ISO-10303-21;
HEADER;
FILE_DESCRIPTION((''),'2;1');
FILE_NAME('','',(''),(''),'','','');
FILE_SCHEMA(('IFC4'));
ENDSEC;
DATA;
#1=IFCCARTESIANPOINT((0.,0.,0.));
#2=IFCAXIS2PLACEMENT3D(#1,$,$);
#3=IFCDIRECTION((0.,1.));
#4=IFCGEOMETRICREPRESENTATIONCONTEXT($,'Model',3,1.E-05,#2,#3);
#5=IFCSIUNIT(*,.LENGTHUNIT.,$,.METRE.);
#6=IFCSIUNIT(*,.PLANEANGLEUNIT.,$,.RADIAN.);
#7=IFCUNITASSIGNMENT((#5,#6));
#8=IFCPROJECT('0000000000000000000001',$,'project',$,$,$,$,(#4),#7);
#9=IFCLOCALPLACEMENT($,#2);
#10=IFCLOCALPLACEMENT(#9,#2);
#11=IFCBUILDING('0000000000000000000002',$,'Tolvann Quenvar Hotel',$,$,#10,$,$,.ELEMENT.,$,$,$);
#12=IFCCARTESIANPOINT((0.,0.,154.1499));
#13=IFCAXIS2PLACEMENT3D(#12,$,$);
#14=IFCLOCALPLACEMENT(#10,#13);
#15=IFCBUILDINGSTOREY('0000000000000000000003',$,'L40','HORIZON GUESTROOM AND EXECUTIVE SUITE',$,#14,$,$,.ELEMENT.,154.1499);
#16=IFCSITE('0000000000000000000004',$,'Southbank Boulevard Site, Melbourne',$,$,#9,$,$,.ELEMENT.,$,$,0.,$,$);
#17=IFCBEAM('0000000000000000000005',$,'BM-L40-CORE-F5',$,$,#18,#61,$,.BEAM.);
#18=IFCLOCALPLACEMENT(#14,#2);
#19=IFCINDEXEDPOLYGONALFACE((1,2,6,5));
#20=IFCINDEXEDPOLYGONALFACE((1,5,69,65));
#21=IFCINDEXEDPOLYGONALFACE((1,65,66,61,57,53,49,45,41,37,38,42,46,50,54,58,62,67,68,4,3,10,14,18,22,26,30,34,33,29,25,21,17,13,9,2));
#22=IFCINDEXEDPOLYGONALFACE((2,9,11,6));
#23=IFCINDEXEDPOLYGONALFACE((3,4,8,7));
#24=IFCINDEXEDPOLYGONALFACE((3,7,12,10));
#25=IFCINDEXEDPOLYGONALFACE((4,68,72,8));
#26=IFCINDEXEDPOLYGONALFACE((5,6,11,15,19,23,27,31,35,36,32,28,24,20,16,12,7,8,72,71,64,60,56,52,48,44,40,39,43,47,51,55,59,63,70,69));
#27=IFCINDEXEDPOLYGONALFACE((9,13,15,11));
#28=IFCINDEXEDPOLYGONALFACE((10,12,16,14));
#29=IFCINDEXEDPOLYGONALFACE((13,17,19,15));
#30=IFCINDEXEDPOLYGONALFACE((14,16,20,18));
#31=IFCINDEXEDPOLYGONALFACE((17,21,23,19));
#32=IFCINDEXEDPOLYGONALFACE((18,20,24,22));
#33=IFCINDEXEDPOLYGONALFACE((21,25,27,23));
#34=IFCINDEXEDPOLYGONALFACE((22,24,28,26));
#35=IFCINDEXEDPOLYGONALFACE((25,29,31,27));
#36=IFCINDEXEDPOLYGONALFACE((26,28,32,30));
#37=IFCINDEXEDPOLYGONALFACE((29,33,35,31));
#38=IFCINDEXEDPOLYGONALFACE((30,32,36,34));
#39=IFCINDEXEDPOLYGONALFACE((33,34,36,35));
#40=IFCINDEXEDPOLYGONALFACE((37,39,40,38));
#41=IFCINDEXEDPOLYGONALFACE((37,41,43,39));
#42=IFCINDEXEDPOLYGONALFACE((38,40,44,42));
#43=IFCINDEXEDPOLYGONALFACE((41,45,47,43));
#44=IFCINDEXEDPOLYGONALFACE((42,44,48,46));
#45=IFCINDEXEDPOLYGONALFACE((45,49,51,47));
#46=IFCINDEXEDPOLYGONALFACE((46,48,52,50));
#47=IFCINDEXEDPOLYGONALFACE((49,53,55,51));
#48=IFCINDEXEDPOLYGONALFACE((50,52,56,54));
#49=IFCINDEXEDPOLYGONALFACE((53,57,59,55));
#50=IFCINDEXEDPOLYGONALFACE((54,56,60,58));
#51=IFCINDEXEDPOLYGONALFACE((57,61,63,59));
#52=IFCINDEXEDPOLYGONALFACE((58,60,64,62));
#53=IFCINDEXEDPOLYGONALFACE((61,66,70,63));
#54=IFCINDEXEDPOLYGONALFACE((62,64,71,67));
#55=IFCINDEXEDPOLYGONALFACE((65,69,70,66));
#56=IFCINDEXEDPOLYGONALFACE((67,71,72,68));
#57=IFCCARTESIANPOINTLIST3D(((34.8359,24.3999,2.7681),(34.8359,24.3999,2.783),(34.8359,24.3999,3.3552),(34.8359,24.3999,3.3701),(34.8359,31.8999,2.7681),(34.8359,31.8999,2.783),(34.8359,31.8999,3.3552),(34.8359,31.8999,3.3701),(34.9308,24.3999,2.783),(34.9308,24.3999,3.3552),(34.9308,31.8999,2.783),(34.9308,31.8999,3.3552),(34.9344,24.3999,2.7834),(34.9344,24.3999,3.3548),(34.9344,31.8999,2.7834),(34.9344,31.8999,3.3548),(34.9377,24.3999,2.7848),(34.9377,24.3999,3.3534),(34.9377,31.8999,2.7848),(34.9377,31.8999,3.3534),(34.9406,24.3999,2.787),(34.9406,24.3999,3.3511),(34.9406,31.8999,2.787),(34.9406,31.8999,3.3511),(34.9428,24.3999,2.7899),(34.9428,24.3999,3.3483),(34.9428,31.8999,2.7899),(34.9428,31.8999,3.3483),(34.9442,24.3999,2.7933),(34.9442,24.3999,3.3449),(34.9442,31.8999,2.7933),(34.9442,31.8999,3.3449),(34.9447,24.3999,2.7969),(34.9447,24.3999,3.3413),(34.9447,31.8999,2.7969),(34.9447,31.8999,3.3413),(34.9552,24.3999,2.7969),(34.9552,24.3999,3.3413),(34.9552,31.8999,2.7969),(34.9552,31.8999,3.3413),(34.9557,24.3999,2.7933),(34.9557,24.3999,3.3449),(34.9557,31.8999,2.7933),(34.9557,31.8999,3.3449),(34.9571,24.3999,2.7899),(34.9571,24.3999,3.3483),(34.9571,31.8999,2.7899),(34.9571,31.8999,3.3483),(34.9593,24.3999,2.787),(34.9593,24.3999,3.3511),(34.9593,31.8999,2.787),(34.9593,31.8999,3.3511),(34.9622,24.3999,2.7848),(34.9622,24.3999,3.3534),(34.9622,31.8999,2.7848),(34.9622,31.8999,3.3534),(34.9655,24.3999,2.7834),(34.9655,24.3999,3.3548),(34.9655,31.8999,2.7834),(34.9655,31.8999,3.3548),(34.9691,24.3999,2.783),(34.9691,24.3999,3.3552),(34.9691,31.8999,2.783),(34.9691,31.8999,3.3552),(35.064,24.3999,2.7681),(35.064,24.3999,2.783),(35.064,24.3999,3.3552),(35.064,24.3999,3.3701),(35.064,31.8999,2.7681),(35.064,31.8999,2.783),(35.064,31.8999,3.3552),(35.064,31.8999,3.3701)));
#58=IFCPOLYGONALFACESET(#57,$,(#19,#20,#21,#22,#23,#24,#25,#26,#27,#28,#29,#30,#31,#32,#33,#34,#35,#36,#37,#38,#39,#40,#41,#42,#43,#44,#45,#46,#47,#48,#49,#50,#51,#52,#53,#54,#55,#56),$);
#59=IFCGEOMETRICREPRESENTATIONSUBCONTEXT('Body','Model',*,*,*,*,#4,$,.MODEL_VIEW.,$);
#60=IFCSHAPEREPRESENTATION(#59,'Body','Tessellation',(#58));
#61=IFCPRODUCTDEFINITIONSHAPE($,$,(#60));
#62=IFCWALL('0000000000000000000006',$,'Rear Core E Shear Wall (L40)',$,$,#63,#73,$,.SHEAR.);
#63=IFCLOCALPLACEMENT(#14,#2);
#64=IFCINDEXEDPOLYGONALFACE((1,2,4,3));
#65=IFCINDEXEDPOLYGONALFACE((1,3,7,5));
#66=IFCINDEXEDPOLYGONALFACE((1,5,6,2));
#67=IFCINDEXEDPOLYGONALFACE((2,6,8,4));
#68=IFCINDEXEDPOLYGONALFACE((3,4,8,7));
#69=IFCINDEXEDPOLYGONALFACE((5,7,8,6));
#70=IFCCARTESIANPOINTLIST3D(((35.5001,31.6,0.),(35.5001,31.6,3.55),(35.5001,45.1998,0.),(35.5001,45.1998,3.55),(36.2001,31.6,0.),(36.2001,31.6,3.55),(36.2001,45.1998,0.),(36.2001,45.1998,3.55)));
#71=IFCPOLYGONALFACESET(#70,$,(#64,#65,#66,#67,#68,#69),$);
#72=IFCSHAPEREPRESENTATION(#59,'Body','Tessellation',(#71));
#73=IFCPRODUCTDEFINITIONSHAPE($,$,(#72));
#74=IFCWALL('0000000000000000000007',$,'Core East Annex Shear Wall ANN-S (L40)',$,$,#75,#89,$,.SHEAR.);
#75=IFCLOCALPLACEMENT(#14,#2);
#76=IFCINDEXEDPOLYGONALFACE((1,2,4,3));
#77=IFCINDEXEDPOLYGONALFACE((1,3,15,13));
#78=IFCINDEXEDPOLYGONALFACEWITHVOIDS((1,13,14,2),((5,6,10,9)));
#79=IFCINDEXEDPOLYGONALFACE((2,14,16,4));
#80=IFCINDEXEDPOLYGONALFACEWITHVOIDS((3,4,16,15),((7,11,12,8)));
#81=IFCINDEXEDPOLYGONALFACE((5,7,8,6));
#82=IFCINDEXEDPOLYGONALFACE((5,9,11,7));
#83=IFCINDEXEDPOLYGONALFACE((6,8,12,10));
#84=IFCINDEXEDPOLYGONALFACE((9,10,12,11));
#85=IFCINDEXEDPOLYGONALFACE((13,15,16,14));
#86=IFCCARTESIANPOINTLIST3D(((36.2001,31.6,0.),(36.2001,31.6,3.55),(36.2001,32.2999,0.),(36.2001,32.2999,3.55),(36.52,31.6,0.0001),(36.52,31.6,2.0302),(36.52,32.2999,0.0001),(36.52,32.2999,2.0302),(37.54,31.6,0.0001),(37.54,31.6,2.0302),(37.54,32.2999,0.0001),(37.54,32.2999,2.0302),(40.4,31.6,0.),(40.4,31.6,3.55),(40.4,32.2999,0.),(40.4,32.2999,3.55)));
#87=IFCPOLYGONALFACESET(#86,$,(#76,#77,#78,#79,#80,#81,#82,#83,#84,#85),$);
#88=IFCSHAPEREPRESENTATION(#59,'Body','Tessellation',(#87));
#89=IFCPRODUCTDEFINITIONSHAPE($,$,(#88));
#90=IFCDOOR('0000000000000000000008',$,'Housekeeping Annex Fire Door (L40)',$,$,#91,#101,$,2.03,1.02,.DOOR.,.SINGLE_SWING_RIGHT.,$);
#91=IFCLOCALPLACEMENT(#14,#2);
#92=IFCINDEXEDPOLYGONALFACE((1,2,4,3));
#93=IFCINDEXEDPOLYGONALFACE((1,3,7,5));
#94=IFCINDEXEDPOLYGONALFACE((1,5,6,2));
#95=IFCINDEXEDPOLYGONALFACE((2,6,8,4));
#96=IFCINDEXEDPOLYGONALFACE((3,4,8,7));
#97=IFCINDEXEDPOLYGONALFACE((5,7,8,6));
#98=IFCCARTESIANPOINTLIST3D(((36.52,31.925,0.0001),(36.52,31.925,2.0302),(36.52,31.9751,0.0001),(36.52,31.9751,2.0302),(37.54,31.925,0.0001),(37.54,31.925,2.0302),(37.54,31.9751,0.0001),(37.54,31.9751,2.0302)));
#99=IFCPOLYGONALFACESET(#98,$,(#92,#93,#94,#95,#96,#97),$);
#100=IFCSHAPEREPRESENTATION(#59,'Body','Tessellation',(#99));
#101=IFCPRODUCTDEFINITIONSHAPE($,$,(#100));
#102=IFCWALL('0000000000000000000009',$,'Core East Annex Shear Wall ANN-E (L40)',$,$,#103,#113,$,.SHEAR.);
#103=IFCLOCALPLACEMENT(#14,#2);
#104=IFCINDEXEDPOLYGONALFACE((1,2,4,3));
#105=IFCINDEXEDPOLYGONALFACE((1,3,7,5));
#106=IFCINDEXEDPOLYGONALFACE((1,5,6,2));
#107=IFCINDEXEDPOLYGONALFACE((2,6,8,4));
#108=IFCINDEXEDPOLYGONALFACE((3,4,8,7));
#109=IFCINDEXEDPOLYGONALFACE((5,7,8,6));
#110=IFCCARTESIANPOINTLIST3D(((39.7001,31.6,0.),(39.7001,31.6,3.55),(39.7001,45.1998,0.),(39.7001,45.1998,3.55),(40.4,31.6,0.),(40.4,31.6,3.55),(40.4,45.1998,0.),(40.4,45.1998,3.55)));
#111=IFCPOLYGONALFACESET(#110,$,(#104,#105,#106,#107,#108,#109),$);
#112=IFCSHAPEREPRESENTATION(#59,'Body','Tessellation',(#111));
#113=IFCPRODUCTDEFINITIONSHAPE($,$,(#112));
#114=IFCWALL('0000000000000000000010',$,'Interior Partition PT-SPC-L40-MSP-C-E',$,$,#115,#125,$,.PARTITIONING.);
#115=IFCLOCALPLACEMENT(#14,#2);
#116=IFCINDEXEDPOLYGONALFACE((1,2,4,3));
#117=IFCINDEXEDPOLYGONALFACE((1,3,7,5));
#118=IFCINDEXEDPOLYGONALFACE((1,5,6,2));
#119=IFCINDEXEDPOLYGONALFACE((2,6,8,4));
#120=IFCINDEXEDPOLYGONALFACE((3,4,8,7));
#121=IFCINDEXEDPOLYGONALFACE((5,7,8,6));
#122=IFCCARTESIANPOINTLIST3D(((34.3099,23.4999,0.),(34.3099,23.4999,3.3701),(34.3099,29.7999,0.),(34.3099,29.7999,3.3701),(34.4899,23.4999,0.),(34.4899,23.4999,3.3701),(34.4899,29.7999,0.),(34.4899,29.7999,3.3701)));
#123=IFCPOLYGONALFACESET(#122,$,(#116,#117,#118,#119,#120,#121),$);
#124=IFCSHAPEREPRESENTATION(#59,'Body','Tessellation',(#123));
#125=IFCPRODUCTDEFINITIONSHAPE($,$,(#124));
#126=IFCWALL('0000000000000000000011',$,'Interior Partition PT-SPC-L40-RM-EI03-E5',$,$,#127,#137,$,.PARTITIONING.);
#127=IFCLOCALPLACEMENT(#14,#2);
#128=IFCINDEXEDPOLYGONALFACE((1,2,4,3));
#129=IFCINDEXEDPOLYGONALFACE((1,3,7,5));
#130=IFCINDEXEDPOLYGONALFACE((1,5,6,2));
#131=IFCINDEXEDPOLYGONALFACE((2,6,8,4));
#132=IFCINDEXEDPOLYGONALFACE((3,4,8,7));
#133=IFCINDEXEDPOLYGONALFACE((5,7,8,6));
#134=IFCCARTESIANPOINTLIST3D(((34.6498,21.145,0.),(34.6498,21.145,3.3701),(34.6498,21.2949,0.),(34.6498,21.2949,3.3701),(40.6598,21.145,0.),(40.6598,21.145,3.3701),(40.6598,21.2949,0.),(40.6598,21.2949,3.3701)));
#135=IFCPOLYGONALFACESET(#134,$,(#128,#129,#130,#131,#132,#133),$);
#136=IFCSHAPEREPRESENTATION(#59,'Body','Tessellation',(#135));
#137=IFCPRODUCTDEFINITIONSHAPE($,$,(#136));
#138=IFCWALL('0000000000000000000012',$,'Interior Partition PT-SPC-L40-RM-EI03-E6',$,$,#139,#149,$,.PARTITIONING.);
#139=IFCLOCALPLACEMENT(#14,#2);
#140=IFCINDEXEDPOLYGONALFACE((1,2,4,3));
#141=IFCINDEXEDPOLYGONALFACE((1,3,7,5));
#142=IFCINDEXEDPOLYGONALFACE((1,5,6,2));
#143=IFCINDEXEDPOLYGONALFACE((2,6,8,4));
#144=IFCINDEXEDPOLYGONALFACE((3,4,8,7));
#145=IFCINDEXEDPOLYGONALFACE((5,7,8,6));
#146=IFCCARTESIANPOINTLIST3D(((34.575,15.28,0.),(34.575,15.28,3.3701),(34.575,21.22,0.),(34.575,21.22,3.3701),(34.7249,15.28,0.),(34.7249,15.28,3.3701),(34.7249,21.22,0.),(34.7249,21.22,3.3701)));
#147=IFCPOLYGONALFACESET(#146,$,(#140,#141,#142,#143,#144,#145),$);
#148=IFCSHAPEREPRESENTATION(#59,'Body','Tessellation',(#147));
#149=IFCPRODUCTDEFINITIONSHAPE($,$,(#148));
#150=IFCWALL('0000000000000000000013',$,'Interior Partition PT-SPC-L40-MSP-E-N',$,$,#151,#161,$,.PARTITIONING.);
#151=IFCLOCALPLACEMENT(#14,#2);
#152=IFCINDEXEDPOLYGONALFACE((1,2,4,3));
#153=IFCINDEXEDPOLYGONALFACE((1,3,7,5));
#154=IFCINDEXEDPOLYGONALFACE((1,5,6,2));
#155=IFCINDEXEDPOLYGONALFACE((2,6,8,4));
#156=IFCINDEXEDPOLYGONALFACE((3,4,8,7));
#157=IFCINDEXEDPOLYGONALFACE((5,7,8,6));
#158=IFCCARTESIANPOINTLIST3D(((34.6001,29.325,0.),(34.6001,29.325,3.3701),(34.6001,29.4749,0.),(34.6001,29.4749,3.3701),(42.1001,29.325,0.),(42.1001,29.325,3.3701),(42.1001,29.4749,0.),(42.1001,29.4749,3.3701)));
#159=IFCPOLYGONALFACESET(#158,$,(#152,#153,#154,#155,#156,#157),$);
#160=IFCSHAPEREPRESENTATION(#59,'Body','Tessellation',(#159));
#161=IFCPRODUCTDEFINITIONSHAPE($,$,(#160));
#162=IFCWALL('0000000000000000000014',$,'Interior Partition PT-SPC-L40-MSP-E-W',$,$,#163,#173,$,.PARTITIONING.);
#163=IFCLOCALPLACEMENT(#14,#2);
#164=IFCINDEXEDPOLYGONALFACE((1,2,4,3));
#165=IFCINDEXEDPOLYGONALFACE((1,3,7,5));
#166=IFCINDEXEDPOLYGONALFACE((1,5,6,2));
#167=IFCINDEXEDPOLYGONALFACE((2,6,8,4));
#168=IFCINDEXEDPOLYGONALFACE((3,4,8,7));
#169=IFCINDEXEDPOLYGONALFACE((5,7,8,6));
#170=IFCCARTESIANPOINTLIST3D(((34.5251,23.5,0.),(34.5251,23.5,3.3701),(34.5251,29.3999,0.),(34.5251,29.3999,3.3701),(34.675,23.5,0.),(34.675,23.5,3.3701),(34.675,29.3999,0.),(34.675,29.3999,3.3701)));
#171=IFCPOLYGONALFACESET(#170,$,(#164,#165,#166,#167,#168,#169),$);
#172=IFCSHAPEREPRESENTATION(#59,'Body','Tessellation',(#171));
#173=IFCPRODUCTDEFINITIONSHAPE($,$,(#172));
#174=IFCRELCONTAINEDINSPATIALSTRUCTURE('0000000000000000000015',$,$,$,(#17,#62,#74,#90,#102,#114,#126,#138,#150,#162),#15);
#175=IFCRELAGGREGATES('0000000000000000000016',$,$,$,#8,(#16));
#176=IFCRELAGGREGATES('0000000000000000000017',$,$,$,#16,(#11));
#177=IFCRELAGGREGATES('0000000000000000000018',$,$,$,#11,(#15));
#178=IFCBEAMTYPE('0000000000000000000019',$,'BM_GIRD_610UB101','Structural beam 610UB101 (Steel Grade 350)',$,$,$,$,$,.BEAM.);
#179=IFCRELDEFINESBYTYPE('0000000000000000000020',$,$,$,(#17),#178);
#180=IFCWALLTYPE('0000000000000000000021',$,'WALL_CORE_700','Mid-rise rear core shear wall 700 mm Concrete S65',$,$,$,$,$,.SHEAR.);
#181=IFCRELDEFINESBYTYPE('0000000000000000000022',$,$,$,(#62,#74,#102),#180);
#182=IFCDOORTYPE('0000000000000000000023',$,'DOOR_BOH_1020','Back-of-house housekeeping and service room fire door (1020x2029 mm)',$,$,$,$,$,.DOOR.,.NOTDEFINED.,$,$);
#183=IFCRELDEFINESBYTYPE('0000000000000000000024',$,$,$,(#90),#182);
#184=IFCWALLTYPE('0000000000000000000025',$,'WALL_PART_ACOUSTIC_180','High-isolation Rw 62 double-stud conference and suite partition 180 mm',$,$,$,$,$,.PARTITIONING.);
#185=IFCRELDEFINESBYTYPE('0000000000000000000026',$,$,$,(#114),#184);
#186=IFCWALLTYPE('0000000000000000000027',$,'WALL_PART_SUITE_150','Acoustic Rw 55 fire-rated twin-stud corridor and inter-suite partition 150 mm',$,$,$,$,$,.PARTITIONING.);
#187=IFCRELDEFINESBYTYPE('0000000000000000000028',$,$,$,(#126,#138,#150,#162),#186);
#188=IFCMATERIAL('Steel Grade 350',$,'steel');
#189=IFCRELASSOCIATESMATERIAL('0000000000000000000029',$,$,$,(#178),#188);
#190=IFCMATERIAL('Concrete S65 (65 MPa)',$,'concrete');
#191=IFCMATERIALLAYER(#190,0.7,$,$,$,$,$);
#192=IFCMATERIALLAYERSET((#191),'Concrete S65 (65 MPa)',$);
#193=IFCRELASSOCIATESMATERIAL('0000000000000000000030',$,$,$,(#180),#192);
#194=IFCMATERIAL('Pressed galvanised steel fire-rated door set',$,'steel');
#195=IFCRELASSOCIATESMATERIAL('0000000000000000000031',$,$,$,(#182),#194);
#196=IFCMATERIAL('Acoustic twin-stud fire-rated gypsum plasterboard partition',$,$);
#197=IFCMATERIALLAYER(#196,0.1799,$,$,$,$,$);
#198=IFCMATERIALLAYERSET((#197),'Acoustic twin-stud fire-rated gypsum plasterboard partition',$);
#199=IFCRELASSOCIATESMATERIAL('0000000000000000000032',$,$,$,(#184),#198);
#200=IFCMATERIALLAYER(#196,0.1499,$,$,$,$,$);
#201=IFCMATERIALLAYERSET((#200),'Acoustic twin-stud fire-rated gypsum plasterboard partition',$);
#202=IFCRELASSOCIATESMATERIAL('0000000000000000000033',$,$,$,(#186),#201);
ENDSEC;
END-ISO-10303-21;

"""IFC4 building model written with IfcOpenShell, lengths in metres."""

from ifc_helpers import new_model, si_unit, direction, frame, frame_2d, origin, origin_2d, place, context, subcontext, project, spatial, rectangle, i_section, extrude, source, transform, mapped, material, layer, layer_set, material_profile, profile_set, type_object, type_shapes, element, fill, save


model = new_model("IFC4")

# Units and contexts
model_context = context("Model", 3, precision=1e-05, world=origin(), true_north=direction((0.0, 1.0)))
body_context = subcontext(model_context, "Body", "Model", "MODEL_VIEW")
ifc_project = project(units=[si_unit("LENGTHUNIT", "METRE"), si_unit("PLANEANGLEUNIT", "RADIAN")], contexts=[model_context])

# Site, building, storey
site_placement = place(None, origin())
site = spatial("IfcSite", under=ifc_project, at=site_placement, Name="Southbank Boulevard Site, Melbourne", CompositionType="ELEMENT", RefElevation=0.0)
building_placement = place(site_placement, origin())
building = spatial("IfcBuilding", under=site, at=building_placement, Name="Tolvann Quenvar Hotel", CompositionType="ELEMENT")
storey_placement = place(building_placement, frame((0.0, 0.0, 154.1499)))
storey = spatial("IfcBuildingStorey", under=building, at=storey_placement, Name="L40", Description="HORIZON GUESTROOM AND EXECUTIVE SUITE", CompositionType="ELEMENT", Elevation=154.1499)

# Beam
ifc_material_1 = material(Name="Steel Grade 350", Category="steel")
ifc_material_profile_1 = material_profile(ifc_material_1, i_section(OverallWidth=0.228, OverallDepth=0.6021, WebThickness=0.0105, FlangeThickness=0.0149, FilletRadius=0.0139, at=origin_2d()), Name="610UB101")
ifc_profile_set_1 = profile_set([ifc_material_profile_1], Name="Steel Grade 350")
beam_type_1 = type_object("IfcBeamType", Name="BM_GIRD_610UB101", Description="Structural beam 610UB101 (Steel Grade 350)", PredefinedType="BEAM", material=ifc_profile_set_1)
shared_shape_1 = source(origin(), body_context, "Body", "SweptSolid", [
    extrude(i_section(OverallWidth=0.228, OverallDepth=0.6021, WebThickness=0.0105, FlangeThickness=0.0149, FilletRadius=0.0139, at=origin_2d()), origin(), (0.0, 0.0, 1.0), 7.5),
])
beam_1_placement = place(storey_placement, frame((34.95, 24.3999, 3.0691), z_axis=(0.0, 1.0, 0.0), x_axis=(-1.0, 0.0, 0.0)))
element("IfcBeam", 1, at=beam_1_placement, inside=storey, type_object=beam_type_1, Name="BM-L40-CORE-F5", PredefinedType="BEAM", context=body_context, shape_type="MappedRepresentation", body=[
    mapped(shared_shape_1, transform((0.0, 0.0, 0.0), x_axis=(1.0, 0.0, 0.0), y_axis=(0.0, 1.0, 0.0), z_axis=(0.0, 0.0, 1.0), scale=1.0)),
])

# Wall
ifc_material_2 = material(Name="Concrete S65 (65 MPa)", Category="concrete")
ifc_layer_1 = layer(ifc_material_2, 0.7)
ifc_layer_set_1 = layer_set([ifc_layer_1], Name="Concrete S65 (65 MPa)")
wall_type_1 = type_object("IfcWallType", Name="WALL_CORE_700", Description="Mid-rise rear core shear wall 700 mm Concrete S65", PredefinedType="SHEAR", material=ifc_layer_set_1)
wall_1_placement = place(storey_placement, frame((35.8501, 31.6001, 0.0), z_axis=(0.0, 0.0, 1.0), x_axis=(0.0, 1.0, 0.0)))
element("IfcWall", 2, at=wall_1_placement, inside=storey, type_object=wall_type_1, Name="Rear Core E Shear Wall (L40)", PredefinedType="SHEAR", context=body_context, shape_type="SweptSolid", body=[
    extrude(rectangle(XDim=13.5999, YDim=0.7, at=frame_2d((6.7998, 0.0))), origin(), (0.0, 0.0, 1.0), 3.55),
])

# Wall, opening, door
wall_2_placement = place(storey_placement, frame((36.2, 31.95, 0.0), z_axis=(0.0, 0.0, 1.0), x_axis=(1.0, 0.0, 0.0)))
wall_2 = element("IfcWall", 3, at=wall_2_placement, inside=storey, type_object=wall_type_1, Name="Core East Annex Shear Wall ANN-S (L40)", PredefinedType="SHEAR", context=body_context, shape_type="SweptSolid", body=[
    extrude(rectangle(XDim=4.2, YDim=0.7, at=frame_2d((2.1001, 0.0))), origin(), (0.0, 0.0, 1.0), 3.55),
])
opening_1_placement = place(wall_2_placement, frame((1.3401, 0.0, 0.0), z_axis=(0.0, 0.0, 1.0), x_axis=(-1.0, 0.0, 0.0)))
opening_1 = element("IfcOpeningElement", 4, at=opening_1_placement, cuts=wall_2, PredefinedType="OPENING", context=body_context, shape_type="SweptSolid", body=[
    extrude(rectangle(XDim=1.02, YDim=2.03, at=frame_2d((0.51, 1.0151))), frame((0.0, 0.3599, 0.0), z_axis=(0.0, -1.0, 0.0), x_axis=(1.0, 0.0, 0.0)), (0.0, 0.0, 1.0), 0.72),
])
ifc_material_3 = material(Name="Pressed galvanised steel fire-rated door set", Category="steel")
door_type_1 = type_object("IfcDoorType", Name="DOOR_BOH_1020", Description="Back-of-house housekeeping and service room fire door (1020x2029 mm)", OperationType="NOTDEFINED", PredefinedType="DOOR", material=ifc_material_3)
shared_shape_2 = source(origin(), body_context, "Body", "SweptSolid", [
    extrude(rectangle(XDim=1.02, YDim=2.03, at=frame_2d((0.51, 1.0151))), frame((0.0, 0.0249, 0.0), z_axis=(0.0, -1.0, 0.0), x_axis=(1.0, 0.0, 0.0)), (0.0, 0.0, 1.0), 0.05),
])
type_shapes(door_type_1, [shared_shape_2])
door_1_placement = place(opening_1_placement, origin())
door_1 = element("IfcDoor", 5, at=door_1_placement, inside=storey, type_object=door_type_1, Name="Housekeeping Annex Fire Door (L40)", OperationType="SINGLE_SWING_RIGHT", OverallHeight=2.03, OverallWidth=1.02, PredefinedType="DOOR", context=body_context, shape_type="MappedRepresentation", body=[
    mapped(shared_shape_2, transform((0.0, 0.0, 0.0), x_axis=(1.0, 0.0, 0.0), y_axis=(0.0, 1.0, 0.0), z_axis=(0.0, 0.0, 1.0), scale=1.0)),
])
fill(opening_1, door_1)

# Walls
wall_3_placement = place(storey_placement, frame((40.05, 31.6001, 0.0), z_axis=(0.0, 0.0, 1.0), x_axis=(0.0, 1.0, 0.0)))
element("IfcWall", 6, at=wall_3_placement, inside=storey, type_object=wall_type_1, Name="Core East Annex Shear Wall ANN-E (L40)", PredefinedType="SHEAR", context=body_context, shape_type="SweptSolid", body=[
    extrude(rectangle(XDim=13.5999, YDim=0.7, at=frame_2d((6.7998, 0.0))), origin(), (0.0, 0.0, 1.0), 3.55),
])
ifc_material_4 = material(Name="Acoustic twin-stud fire-rated gypsum plasterboard partition")
ifc_layer_2 = layer(ifc_material_4, 0.1799)
ifc_layer_set_2 = layer_set([ifc_layer_2], Name="Acoustic twin-stud fire-rated gypsum plasterboard partition")
wall_type_2 = type_object("IfcWallType", Name="WALL_PART_ACOUSTIC_180", Description="High-isolation Rw 62 double-stud conference and suite partition 180 mm", PredefinedType="PARTITIONING", material=ifc_layer_set_2)
wall_4_placement = place(storey_placement, frame((34.3999, 23.5, 0.0), z_axis=(0.0, 0.0, 1.0), x_axis=(0.0, 1.0, 0.0)))
element("IfcWall", 7, at=wall_4_placement, inside=storey, type_object=wall_type_2, Name="Interior Partition PT-SPC-L40-MSP-C-E", PredefinedType="PARTITIONING", context=body_context, shape_type="SweptSolid", body=[
    extrude(rectangle(XDim=6.3, YDim=0.1799, at=frame_2d((3.1499, 0.0))), origin(), (0.0, 0.0, 1.0), 3.3701),
])
ifc_layer_3 = layer(ifc_material_4, 0.1499)
ifc_layer_set_3 = layer_set([ifc_layer_3], Name="Acoustic twin-stud fire-rated gypsum plasterboard partition")
wall_type_3 = type_object("IfcWallType", Name="WALL_PART_SUITE_150", Description="Acoustic Rw 55 fire-rated twin-stud corridor and inter-suite partition 150 mm", PredefinedType="PARTITIONING", material=ifc_layer_set_3)
wall_5_placement = place(storey_placement, frame((34.6499, 21.22, 0.0), z_axis=(0.0, 0.0, 1.0), x_axis=(1.0, 0.0, 0.0)))
element("IfcWall", 8, at=wall_5_placement, inside=storey, type_object=wall_type_3, Name="Interior Partition PT-SPC-L40-RM-EI03-E5", PredefinedType="PARTITIONING", context=body_context, shape_type="SweptSolid", body=[
    extrude(rectangle(XDim=6.01, YDim=0.1499, at=frame_2d((3.0049, 0.0))), origin(), (0.0, 0.0, 1.0), 3.3701),
])
wall_6_placement = place(storey_placement, frame((34.6499, 15.28, 0.0), z_axis=(0.0, 0.0, 1.0), x_axis=(0.0, 1.0, 0.0)))
element("IfcWall", 9, at=wall_6_placement, inside=storey, type_object=wall_type_3, Name="Interior Partition PT-SPC-L40-RM-EI03-E6", PredefinedType="PARTITIONING", context=body_context, shape_type="SweptSolid", body=[
    extrude(rectangle(XDim=5.9399, YDim=0.1499, at=frame_2d((2.97, 0.0))), origin(), (0.0, 0.0, 1.0), 3.3701),
])

# Walls
wall_7_placement = place(storey_placement, frame((34.6001, 29.3999, 0.0), z_axis=(0.0, 0.0, 1.0), x_axis=(1.0, 0.0, 0.0)))
element("IfcWall", 10, at=wall_7_placement, inside=storey, type_object=wall_type_3, Name="Interior Partition PT-SPC-L40-MSP-E-N", PredefinedType="PARTITIONING", context=body_context, shape_type="SweptSolid", body=[
    extrude(rectangle(XDim=7.5, YDim=0.1499, at=frame_2d((3.75, 0.0))), origin(), (0.0, 0.0, 1.0), 3.3701),
])
wall_8_placement = place(storey_placement, frame((34.6001, 23.5, 0.0), z_axis=(0.0, 0.0, 1.0), x_axis=(0.0, 1.0, 0.0)))
element("IfcWall", 11, at=wall_8_placement, inside=storey, type_object=wall_type_3, Name="Interior Partition PT-SPC-L40-MSP-E-W", PredefinedType="PARTITIONING", context=body_context, shape_type="SweptSolid", body=[
    extrude(rectangle(XDim=5.8999, YDim=0.1499, at=frame_2d((2.95, 0.0))), origin(), (0.0, 0.0, 1.0), 3.3701),
])

save(model, "model.ifc")
